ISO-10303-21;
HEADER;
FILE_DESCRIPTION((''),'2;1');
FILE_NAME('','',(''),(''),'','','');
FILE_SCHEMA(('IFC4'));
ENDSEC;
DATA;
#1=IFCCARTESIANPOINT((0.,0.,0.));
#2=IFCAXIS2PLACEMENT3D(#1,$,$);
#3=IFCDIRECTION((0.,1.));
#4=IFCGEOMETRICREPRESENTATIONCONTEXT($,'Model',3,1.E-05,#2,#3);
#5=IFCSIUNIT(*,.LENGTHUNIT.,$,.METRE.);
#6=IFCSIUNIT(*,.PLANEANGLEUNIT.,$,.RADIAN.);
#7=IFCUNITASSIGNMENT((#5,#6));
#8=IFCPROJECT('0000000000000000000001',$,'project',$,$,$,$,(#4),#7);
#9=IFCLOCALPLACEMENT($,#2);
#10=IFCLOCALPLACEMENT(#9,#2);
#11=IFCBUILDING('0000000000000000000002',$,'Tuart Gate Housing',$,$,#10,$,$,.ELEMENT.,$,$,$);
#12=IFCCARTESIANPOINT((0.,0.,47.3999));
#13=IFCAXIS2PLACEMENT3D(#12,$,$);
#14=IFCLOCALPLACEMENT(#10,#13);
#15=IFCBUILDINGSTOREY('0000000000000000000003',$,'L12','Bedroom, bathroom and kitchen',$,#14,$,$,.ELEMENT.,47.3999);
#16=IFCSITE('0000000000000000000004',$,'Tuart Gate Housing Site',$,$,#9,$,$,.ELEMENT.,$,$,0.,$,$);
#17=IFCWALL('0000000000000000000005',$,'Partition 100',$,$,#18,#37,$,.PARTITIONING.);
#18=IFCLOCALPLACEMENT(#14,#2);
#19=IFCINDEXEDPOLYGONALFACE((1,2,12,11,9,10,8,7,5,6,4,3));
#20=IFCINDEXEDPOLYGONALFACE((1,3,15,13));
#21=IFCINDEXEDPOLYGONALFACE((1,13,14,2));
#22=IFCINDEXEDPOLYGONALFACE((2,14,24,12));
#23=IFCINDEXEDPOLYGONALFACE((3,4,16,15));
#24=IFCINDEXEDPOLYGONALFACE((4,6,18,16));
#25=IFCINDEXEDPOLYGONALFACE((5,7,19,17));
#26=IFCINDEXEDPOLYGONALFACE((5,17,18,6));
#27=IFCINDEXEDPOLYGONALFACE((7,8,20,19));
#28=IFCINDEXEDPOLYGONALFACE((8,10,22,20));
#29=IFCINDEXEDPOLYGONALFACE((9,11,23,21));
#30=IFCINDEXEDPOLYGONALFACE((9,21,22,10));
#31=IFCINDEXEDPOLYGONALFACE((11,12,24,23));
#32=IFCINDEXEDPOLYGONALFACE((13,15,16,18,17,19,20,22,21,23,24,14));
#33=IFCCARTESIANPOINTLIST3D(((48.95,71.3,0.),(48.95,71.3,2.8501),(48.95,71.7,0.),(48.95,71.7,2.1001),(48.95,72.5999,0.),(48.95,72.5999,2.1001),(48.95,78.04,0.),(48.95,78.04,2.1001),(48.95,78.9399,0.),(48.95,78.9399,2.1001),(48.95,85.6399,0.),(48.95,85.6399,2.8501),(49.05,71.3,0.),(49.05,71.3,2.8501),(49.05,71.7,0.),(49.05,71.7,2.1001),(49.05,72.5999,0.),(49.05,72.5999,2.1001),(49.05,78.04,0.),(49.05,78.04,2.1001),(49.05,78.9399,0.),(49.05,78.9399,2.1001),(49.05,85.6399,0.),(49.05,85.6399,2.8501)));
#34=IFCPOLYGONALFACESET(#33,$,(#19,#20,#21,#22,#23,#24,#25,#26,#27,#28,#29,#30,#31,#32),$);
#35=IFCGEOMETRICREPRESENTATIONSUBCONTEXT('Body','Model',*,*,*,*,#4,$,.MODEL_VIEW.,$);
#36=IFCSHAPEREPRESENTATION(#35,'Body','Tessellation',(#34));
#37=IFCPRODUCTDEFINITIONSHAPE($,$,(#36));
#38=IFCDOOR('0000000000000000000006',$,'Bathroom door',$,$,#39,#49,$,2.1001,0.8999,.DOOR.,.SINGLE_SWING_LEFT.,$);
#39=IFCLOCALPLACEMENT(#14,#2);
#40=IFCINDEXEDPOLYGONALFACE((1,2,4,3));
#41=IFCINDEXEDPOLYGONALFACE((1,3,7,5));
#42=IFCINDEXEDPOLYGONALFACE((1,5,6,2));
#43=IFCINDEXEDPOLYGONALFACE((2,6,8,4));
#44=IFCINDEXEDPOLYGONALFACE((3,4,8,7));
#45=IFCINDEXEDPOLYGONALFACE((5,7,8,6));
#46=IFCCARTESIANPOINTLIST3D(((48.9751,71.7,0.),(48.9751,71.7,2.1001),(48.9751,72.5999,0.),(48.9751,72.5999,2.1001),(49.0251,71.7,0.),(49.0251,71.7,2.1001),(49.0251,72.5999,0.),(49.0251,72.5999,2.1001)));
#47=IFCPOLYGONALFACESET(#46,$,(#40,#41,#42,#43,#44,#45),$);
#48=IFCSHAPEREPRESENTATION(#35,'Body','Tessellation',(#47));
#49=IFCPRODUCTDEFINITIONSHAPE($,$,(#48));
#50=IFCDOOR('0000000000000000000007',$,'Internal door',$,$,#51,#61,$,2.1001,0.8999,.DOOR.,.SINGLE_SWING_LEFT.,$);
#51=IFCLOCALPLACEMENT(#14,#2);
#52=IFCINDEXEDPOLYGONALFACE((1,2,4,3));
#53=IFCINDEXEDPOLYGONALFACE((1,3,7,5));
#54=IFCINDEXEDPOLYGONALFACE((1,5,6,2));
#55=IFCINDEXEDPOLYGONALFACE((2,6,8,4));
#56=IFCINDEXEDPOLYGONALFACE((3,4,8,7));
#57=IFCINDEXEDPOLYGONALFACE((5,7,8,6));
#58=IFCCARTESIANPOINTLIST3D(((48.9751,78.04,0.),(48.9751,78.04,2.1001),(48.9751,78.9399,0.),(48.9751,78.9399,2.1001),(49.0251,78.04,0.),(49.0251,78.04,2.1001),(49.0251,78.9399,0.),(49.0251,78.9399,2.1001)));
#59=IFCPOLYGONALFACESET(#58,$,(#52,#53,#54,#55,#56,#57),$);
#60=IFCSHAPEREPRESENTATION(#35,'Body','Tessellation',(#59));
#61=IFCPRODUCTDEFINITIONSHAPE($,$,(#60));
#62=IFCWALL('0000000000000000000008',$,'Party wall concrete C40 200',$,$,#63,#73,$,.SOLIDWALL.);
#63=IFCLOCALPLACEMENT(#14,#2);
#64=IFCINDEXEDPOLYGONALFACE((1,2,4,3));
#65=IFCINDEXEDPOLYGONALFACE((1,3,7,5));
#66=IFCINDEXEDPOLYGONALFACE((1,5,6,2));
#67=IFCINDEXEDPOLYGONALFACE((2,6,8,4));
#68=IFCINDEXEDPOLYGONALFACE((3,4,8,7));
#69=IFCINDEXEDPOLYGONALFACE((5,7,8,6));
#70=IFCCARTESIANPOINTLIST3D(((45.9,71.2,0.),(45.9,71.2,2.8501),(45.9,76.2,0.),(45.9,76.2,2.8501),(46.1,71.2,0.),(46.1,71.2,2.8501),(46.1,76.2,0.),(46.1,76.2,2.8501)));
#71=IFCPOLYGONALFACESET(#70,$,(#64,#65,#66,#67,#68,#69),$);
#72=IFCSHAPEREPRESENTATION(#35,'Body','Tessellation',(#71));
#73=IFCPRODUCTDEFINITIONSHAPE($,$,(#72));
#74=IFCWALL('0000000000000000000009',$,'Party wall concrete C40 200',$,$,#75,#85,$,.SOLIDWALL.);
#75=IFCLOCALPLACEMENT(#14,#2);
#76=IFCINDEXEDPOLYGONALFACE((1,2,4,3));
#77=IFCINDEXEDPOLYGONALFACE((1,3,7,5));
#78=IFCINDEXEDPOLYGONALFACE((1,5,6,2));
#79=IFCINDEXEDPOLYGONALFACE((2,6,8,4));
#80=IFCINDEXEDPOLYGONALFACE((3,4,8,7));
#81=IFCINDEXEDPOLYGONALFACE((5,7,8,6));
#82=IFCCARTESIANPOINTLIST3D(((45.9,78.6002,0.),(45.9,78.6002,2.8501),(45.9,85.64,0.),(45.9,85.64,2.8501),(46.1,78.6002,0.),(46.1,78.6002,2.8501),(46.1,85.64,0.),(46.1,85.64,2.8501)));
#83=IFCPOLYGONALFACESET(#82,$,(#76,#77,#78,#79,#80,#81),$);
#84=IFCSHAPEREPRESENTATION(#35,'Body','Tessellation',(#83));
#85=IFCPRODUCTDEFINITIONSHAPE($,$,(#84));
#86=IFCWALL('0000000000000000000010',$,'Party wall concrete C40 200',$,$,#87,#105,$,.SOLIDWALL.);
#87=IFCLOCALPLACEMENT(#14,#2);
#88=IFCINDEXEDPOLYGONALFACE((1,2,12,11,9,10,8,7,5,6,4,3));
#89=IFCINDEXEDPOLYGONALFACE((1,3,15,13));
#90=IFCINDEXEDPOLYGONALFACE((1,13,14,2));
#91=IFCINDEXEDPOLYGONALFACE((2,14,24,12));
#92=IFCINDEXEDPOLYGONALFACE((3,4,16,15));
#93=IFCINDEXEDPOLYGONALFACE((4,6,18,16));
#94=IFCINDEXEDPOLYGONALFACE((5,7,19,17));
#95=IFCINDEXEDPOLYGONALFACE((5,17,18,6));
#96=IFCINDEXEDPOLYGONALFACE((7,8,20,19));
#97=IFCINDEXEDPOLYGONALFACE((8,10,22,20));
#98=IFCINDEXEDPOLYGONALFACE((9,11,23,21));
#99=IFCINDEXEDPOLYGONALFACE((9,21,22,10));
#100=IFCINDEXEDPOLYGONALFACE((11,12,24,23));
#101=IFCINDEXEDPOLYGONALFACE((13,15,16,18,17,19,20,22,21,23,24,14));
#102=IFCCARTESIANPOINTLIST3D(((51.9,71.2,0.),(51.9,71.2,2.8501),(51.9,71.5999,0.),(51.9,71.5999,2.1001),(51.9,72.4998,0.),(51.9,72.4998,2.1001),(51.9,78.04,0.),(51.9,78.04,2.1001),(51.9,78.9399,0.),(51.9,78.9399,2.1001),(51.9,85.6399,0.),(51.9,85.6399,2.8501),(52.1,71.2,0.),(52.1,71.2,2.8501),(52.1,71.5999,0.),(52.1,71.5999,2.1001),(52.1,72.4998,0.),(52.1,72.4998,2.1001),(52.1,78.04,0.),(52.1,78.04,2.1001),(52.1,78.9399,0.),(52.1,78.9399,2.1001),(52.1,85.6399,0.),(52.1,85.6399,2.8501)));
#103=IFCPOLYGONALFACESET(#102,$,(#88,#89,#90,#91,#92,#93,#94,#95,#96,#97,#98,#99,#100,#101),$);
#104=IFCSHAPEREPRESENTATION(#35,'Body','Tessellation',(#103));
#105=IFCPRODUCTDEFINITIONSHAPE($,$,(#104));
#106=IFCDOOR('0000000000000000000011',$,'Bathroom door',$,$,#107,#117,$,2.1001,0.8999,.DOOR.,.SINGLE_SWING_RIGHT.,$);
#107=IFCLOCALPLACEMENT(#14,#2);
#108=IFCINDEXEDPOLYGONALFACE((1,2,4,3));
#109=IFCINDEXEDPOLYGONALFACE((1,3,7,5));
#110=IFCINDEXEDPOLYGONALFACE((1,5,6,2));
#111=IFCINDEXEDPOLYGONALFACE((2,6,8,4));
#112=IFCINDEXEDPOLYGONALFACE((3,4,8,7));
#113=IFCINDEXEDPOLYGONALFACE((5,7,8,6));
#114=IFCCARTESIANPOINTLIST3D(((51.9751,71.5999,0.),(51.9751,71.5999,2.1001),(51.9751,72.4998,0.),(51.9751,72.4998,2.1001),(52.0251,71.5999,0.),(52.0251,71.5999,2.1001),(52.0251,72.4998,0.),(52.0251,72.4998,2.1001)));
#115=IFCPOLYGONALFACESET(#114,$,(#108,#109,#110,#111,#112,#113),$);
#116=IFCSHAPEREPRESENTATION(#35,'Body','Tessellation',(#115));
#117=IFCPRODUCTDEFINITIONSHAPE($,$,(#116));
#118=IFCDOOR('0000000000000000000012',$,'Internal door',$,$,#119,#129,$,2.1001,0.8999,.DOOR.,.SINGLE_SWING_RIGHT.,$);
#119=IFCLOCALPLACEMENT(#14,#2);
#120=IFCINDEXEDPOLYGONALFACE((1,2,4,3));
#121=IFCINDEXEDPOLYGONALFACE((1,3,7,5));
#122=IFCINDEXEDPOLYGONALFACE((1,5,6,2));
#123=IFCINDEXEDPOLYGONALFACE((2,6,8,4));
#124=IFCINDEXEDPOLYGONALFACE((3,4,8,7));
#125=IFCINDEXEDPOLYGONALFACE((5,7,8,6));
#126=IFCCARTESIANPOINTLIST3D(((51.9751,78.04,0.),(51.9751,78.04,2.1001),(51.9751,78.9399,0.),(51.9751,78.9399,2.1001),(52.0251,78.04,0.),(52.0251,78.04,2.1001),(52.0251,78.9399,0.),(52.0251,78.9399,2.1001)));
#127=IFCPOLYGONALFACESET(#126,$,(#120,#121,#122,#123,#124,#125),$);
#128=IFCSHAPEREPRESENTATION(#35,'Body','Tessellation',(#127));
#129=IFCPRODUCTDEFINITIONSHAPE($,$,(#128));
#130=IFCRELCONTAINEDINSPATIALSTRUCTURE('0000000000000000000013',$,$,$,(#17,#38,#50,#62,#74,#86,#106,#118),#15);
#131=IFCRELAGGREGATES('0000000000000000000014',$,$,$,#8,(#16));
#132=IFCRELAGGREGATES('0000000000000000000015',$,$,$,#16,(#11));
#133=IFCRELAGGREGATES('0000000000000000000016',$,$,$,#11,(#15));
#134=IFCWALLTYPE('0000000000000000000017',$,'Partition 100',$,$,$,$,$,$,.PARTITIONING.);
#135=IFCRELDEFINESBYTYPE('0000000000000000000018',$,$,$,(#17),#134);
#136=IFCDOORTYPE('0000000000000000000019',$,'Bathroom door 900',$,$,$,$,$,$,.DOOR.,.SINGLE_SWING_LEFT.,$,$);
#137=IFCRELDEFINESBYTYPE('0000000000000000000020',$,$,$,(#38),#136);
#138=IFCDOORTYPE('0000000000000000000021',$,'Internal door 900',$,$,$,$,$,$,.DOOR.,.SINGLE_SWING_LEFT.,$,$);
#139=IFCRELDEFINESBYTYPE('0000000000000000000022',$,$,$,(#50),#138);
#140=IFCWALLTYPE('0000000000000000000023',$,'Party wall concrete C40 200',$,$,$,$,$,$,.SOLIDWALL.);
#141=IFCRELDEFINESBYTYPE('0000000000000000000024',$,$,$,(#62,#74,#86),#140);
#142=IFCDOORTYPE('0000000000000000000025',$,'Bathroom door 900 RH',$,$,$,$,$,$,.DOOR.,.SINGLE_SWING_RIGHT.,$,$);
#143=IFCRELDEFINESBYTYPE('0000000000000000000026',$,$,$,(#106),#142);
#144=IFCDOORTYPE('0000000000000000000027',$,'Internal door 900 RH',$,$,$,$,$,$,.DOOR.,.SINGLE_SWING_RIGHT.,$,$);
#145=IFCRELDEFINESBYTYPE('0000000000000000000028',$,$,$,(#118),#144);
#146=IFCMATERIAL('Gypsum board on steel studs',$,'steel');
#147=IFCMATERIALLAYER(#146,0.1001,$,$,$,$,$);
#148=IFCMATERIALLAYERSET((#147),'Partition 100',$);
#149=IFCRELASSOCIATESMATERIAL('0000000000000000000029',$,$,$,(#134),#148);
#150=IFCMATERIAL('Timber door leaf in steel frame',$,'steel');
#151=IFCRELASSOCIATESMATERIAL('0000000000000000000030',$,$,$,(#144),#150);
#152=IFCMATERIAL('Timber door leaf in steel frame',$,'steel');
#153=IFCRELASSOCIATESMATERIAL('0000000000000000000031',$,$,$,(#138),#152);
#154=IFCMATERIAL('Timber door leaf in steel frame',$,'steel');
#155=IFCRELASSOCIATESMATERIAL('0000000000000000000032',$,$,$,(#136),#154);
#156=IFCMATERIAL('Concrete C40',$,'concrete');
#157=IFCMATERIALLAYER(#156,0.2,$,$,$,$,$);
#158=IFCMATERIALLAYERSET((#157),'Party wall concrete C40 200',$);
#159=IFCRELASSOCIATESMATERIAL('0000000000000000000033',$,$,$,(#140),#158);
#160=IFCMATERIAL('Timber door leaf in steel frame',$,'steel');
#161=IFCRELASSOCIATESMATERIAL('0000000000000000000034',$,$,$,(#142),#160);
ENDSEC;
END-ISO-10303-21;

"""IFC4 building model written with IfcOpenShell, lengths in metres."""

from ifc_helpers import new_model, si_unit, direction, frame, frame_2d, origin, place, context, subcontext, project, spatial, rectangle, extrude, material, layer, layer_set, type_object, element, fill, save


model = new_model("IFC4")

# Units and contexts
model_context = context("Model", 3, precision=1e-05, world=origin(), true_north=direction((0.0, 1.0)))
body_context = subcontext(model_context, "Body", "Model", "MODEL_VIEW")
ifc_project = project(units=[si_unit("LENGTHUNIT", "METRE"), si_unit("PLANEANGLEUNIT", "RADIAN")], contexts=[model_context])

# Site, building, storey
site_placement = place(None, origin())
site = spatial("IfcSite", under=ifc_project, at=site_placement, Name="Tuart Gate Housing Site", CompositionType="ELEMENT", RefElevation=0.0)
building_placement = place(site_placement, origin())
building = spatial("IfcBuilding", under=site, at=building_placement, Name="Tuart Gate Housing", CompositionType="ELEMENT")
storey_placement = place(building_placement, frame((0.0, 0.0, 47.3999)))
storey = spatial("IfcBuildingStorey", under=building, at=storey_placement, Name="L12", Description="Bedroom, bathroom and kitchen", CompositionType="ELEMENT", Elevation=47.3999)

# Shared definitions
ifc_material_1 = material(Name="Gypsum board on steel studs", Category="steel")
ifc_layer_1 = layer(ifc_material_1, 0.1001)
ifc_layer_set_1 = layer_set([ifc_layer_1], Name="Partition 100")
wall_type_1 = type_object("IfcWallType", Name="Partition 100", PredefinedType="PARTITIONING", material=ifc_layer_set_1)

# Shared definitions
ifc_material_2 = material(Name="Timber door leaf in steel frame", Category="steel")
door_type_1 = type_object("IfcDoorType", Name="Internal door 900 RH", OperationType="SINGLE_SWING_RIGHT", PredefinedType="DOOR", material=ifc_material_2)
ifc_material_3 = material(Name="Timber door leaf in steel frame", Category="steel")
door_type_2 = type_object("IfcDoorType", Name="Internal door 900", OperationType="SINGLE_SWING_LEFT", PredefinedType="DOOR", material=ifc_material_3)

# Wall, openings, doors
wall_1_placement = place(storey_placement, frame((49.0, 71.3, 0.0), z_axis=(0.0, 0.0, 1.0), x_axis=(0.0, 1.0, 0.0)))
wall_1 = element("IfcWall", 1, at=wall_1_placement, inside=storey, type_object=wall_type_1, Name="Partition 100", PredefinedType="PARTITIONING", context=body_context, shape_type="SweptSolid", body=[
    extrude(rectangle(XDim=14.3398, YDim=0.1001, at=frame_2d((7.1699, 0.0))), origin(), (0.0, 0.0, 1.0), 2.8501),
])
opening_1_placement = place(wall_1_placement, frame((6.74, 0.0, 0.0)))
opening_1 = element("IfcOpeningElement", 2, at=opening_1_placement, cuts=wall_1, PredefinedType="OPENING", context=body_context, shape_type="SweptSolid", body=[
    extrude(rectangle(XDim=0.8999, YDim=2.1001, at=frame_2d((0.45, 1.05))), frame((0.0, 0.0601, 0.0), z_axis=(0.0, -1.0, 0.0), x_axis=(1.0, 0.0, 0.0)), (0.0, 0.0, 1.0), 0.1201),
])
opening_2_placement = place(wall_1_placement, frame((0.3999, 0.0, 0.0)))
opening_2 = element("IfcOpeningElement", 3, at=opening_2_placement, cuts=wall_1, PredefinedType="OPENING", context=body_context, shape_type="SweptSolid", body=[
    extrude(rectangle(XDim=0.8999, YDim=2.1001, at=frame_2d((0.45, 1.05))), frame((0.0, 0.0601, 0.0), z_axis=(0.0, -1.0, 0.0), x_axis=(1.0, 0.0, 0.0)), (0.0, 0.0, 1.0), 0.1201),
])
ifc_material_4 = material(Name="Timber door leaf in steel frame", Category="steel")
door_type_3 = type_object("IfcDoorType", Name="Bathroom door 900", OperationType="SINGLE_SWING_LEFT", PredefinedType="DOOR", material=ifc_material_4)
door_1_placement = place(opening_2_placement, origin())
door_1 = element("IfcDoor", 4, at=door_1_placement, inside=storey, type_object=door_type_3, Name="Bathroom door", OperationType="SINGLE_SWING_LEFT", OverallHeight=2.1001, OverallWidth=0.8999, PredefinedType="DOOR", context=body_context, shape_type="SweptSolid", body=[
    extrude(rectangle(XDim=0.8999, YDim=2.1001, at=frame_2d((0.45, 1.05))), frame((0.0, 0.0249, 0.0), z_axis=(0.0, -1.0, 0.0), x_axis=(1.0, 0.0, 0.0)), (0.0, 0.0, 1.0), 0.05),
])
fill(opening_2, door_1)
door_2_placement = place(opening_1_placement, origin())
door_2 = element("IfcDoor", 5, at=door_2_placement, inside=storey, type_object=door_type_2, Name="Internal door", OperationType="SINGLE_SWING_LEFT", OverallHeight=2.1001, OverallWidth=0.8999, PredefinedType="DOOR", context=body_context, shape_type="SweptSolid", body=[
    extrude(rectangle(XDim=0.8999, YDim=2.1001, at=frame_2d((0.45, 1.05))), frame((0.0, 0.0249, 0.0), z_axis=(0.0, -1.0, 0.0), x_axis=(1.0, 0.0, 0.0)), (0.0, 0.0, 1.0), 0.05),
])
fill(opening_1, door_2)

# Walls
ifc_material_5 = material(Name="Concrete C40", Category="concrete")
ifc_layer_2 = layer(ifc_material_5, 0.2)
ifc_layer_set_2 = layer_set([ifc_layer_2], Name="Party wall concrete C40 200")
wall_type_2 = type_object("IfcWallType", Name="Party wall concrete C40 200", PredefinedType="SOLIDWALL", material=ifc_layer_set_2)
wall_2_placement = place(storey_placement, frame((46.0, 71.2, 0.0), z_axis=(0.0, 0.0, 1.0), x_axis=(0.0, 1.0, 0.0)))
element("IfcWall", 6, at=wall_2_placement, inside=storey, type_object=wall_type_2, Name="Party wall concrete C40 200", PredefinedType="SOLIDWALL", context=body_context, shape_type="SweptSolid", body=[
    extrude(rectangle(XDim=5.0, YDim=0.2, at=frame_2d((2.5, 0.0))), origin(), (0.0, 0.0, 1.0), 2.8501),
])
wall_3_placement = place(storey_placement, frame((46.0, 78.6001, 0.0), z_axis=(0.0, 0.0, 1.0), x_axis=(0.0, 1.0, 0.0)))
element("IfcWall", 7, at=wall_3_placement, inside=storey, type_object=wall_type_2, Name="Party wall concrete C40 200", PredefinedType="SOLIDWALL", context=body_context, shape_type="SweptSolid", body=[
    extrude(rectangle(XDim=7.0398, YDim=0.2, at=frame_2d((3.52, 0.0))), origin(), (0.0, 0.0, 1.0), 2.8501),
])

# Wall, openings, doors
wall_4_placement = place(storey_placement, frame((52.0, 71.2, 0.0), z_axis=(0.0, 0.0, 1.0), x_axis=(0.0, 1.0, 0.0)))
wall_4 = element("IfcWall", 8, at=wall_4_placement, inside=storey, type_object=wall_type_2, Name="Party wall concrete C40 200", PredefinedType="SOLIDWALL", context=body_context, shape_type="SweptSolid", body=[
    extrude(rectangle(XDim=14.4399, YDim=0.2, at=frame_2d((7.22, 0.0))), origin(), (0.0, 0.0, 1.0), 2.8501),
])
opening_3_placement = place(wall_4_placement, frame((6.8401, 0.0, 0.0)))
opening_3 = element("IfcOpeningElement", 9, at=opening_3_placement, cuts=wall_4, PredefinedType="OPENING", context=body_context, shape_type="SweptSolid", body=[
    extrude(rectangle(XDim=0.8999, YDim=2.1001, at=frame_2d((0.45, 1.05))), frame((0.0, 0.1099, 0.0), z_axis=(0.0, -1.0, 0.0), x_axis=(1.0, 0.0, 0.0)), (0.0, 0.0, 1.0), 0.22),
])
opening_4_placement = place(wall_4_placement, frame((0.3999, 0.0, 0.0)))
opening_4 = element("IfcOpeningElement", 10, at=opening_4_placement, cuts=wall_4, PredefinedType="OPENING", context=body_context, shape_type="SweptSolid", body=[
    extrude(rectangle(XDim=0.8999, YDim=2.1001, at=frame_2d((0.45, 1.05))), frame((0.0, 0.1099, 0.0), z_axis=(0.0, -1.0, 0.0), x_axis=(1.0, 0.0, 0.0)), (0.0, 0.0, 1.0), 0.22),
])
ifc_material_6 = material(Name="Timber door leaf in steel frame", Category="steel")
door_type_4 = type_object("IfcDoorType", Name="Bathroom door 900 RH", OperationType="SINGLE_SWING_RIGHT", PredefinedType="DOOR", material=ifc_material_6)
door_3_placement = place(opening_4_placement, frame((0.8999, 0.0, 0.0), z_axis=(0.0, 0.0, 1.0), x_axis=(-1.0, 0.0, 0.0)))
door_3 = element("IfcDoor", 11, at=door_3_placement, inside=storey, type_object=door_type_4, Name="Bathroom door", OperationType="SINGLE_SWING_RIGHT", OverallHeight=2.1001, OverallWidth=0.8999, PredefinedType="DOOR", context=body_context, shape_type="SweptSolid", body=[
    extrude(rectangle(XDim=0.8999, YDim=2.1001, at=frame_2d((0.45, 1.05))), frame((0.0, 0.0251, 0.0), z_axis=(0.0, -1.0, 0.0), x_axis=(1.0, 0.0, 0.0)), (0.0, 0.0, 1.0), 0.05),
])
fill(opening_4, door_3)
door_4_placement = place(opening_3_placement, frame((0.8999, 0.0, 0.0), z_axis=(0.0, 0.0, 1.0), x_axis=(-1.0, 0.0, 0.0)))
door_4 = element("IfcDoor", 12, at=door_4_placement, inside=storey, type_object=door_type_1, Name="Internal door", OperationType="SINGLE_SWING_RIGHT", OverallHeight=2.1001, OverallWidth=0.8999, PredefinedType="DOOR", context=body_context, shape_type="SweptSolid", body=[
    extrude(rectangle(XDim=0.8999, YDim=2.1001, at=frame_2d((0.45, 1.05))), frame((0.0, 0.0251, 0.0), z_axis=(0.0, -1.0, 0.0), x_axis=(1.0, 0.0, 0.0)), (0.0, 0.0, 1.0), 0.05),
])
fill(opening_3, door_4)

save(model, "model.ifc")
